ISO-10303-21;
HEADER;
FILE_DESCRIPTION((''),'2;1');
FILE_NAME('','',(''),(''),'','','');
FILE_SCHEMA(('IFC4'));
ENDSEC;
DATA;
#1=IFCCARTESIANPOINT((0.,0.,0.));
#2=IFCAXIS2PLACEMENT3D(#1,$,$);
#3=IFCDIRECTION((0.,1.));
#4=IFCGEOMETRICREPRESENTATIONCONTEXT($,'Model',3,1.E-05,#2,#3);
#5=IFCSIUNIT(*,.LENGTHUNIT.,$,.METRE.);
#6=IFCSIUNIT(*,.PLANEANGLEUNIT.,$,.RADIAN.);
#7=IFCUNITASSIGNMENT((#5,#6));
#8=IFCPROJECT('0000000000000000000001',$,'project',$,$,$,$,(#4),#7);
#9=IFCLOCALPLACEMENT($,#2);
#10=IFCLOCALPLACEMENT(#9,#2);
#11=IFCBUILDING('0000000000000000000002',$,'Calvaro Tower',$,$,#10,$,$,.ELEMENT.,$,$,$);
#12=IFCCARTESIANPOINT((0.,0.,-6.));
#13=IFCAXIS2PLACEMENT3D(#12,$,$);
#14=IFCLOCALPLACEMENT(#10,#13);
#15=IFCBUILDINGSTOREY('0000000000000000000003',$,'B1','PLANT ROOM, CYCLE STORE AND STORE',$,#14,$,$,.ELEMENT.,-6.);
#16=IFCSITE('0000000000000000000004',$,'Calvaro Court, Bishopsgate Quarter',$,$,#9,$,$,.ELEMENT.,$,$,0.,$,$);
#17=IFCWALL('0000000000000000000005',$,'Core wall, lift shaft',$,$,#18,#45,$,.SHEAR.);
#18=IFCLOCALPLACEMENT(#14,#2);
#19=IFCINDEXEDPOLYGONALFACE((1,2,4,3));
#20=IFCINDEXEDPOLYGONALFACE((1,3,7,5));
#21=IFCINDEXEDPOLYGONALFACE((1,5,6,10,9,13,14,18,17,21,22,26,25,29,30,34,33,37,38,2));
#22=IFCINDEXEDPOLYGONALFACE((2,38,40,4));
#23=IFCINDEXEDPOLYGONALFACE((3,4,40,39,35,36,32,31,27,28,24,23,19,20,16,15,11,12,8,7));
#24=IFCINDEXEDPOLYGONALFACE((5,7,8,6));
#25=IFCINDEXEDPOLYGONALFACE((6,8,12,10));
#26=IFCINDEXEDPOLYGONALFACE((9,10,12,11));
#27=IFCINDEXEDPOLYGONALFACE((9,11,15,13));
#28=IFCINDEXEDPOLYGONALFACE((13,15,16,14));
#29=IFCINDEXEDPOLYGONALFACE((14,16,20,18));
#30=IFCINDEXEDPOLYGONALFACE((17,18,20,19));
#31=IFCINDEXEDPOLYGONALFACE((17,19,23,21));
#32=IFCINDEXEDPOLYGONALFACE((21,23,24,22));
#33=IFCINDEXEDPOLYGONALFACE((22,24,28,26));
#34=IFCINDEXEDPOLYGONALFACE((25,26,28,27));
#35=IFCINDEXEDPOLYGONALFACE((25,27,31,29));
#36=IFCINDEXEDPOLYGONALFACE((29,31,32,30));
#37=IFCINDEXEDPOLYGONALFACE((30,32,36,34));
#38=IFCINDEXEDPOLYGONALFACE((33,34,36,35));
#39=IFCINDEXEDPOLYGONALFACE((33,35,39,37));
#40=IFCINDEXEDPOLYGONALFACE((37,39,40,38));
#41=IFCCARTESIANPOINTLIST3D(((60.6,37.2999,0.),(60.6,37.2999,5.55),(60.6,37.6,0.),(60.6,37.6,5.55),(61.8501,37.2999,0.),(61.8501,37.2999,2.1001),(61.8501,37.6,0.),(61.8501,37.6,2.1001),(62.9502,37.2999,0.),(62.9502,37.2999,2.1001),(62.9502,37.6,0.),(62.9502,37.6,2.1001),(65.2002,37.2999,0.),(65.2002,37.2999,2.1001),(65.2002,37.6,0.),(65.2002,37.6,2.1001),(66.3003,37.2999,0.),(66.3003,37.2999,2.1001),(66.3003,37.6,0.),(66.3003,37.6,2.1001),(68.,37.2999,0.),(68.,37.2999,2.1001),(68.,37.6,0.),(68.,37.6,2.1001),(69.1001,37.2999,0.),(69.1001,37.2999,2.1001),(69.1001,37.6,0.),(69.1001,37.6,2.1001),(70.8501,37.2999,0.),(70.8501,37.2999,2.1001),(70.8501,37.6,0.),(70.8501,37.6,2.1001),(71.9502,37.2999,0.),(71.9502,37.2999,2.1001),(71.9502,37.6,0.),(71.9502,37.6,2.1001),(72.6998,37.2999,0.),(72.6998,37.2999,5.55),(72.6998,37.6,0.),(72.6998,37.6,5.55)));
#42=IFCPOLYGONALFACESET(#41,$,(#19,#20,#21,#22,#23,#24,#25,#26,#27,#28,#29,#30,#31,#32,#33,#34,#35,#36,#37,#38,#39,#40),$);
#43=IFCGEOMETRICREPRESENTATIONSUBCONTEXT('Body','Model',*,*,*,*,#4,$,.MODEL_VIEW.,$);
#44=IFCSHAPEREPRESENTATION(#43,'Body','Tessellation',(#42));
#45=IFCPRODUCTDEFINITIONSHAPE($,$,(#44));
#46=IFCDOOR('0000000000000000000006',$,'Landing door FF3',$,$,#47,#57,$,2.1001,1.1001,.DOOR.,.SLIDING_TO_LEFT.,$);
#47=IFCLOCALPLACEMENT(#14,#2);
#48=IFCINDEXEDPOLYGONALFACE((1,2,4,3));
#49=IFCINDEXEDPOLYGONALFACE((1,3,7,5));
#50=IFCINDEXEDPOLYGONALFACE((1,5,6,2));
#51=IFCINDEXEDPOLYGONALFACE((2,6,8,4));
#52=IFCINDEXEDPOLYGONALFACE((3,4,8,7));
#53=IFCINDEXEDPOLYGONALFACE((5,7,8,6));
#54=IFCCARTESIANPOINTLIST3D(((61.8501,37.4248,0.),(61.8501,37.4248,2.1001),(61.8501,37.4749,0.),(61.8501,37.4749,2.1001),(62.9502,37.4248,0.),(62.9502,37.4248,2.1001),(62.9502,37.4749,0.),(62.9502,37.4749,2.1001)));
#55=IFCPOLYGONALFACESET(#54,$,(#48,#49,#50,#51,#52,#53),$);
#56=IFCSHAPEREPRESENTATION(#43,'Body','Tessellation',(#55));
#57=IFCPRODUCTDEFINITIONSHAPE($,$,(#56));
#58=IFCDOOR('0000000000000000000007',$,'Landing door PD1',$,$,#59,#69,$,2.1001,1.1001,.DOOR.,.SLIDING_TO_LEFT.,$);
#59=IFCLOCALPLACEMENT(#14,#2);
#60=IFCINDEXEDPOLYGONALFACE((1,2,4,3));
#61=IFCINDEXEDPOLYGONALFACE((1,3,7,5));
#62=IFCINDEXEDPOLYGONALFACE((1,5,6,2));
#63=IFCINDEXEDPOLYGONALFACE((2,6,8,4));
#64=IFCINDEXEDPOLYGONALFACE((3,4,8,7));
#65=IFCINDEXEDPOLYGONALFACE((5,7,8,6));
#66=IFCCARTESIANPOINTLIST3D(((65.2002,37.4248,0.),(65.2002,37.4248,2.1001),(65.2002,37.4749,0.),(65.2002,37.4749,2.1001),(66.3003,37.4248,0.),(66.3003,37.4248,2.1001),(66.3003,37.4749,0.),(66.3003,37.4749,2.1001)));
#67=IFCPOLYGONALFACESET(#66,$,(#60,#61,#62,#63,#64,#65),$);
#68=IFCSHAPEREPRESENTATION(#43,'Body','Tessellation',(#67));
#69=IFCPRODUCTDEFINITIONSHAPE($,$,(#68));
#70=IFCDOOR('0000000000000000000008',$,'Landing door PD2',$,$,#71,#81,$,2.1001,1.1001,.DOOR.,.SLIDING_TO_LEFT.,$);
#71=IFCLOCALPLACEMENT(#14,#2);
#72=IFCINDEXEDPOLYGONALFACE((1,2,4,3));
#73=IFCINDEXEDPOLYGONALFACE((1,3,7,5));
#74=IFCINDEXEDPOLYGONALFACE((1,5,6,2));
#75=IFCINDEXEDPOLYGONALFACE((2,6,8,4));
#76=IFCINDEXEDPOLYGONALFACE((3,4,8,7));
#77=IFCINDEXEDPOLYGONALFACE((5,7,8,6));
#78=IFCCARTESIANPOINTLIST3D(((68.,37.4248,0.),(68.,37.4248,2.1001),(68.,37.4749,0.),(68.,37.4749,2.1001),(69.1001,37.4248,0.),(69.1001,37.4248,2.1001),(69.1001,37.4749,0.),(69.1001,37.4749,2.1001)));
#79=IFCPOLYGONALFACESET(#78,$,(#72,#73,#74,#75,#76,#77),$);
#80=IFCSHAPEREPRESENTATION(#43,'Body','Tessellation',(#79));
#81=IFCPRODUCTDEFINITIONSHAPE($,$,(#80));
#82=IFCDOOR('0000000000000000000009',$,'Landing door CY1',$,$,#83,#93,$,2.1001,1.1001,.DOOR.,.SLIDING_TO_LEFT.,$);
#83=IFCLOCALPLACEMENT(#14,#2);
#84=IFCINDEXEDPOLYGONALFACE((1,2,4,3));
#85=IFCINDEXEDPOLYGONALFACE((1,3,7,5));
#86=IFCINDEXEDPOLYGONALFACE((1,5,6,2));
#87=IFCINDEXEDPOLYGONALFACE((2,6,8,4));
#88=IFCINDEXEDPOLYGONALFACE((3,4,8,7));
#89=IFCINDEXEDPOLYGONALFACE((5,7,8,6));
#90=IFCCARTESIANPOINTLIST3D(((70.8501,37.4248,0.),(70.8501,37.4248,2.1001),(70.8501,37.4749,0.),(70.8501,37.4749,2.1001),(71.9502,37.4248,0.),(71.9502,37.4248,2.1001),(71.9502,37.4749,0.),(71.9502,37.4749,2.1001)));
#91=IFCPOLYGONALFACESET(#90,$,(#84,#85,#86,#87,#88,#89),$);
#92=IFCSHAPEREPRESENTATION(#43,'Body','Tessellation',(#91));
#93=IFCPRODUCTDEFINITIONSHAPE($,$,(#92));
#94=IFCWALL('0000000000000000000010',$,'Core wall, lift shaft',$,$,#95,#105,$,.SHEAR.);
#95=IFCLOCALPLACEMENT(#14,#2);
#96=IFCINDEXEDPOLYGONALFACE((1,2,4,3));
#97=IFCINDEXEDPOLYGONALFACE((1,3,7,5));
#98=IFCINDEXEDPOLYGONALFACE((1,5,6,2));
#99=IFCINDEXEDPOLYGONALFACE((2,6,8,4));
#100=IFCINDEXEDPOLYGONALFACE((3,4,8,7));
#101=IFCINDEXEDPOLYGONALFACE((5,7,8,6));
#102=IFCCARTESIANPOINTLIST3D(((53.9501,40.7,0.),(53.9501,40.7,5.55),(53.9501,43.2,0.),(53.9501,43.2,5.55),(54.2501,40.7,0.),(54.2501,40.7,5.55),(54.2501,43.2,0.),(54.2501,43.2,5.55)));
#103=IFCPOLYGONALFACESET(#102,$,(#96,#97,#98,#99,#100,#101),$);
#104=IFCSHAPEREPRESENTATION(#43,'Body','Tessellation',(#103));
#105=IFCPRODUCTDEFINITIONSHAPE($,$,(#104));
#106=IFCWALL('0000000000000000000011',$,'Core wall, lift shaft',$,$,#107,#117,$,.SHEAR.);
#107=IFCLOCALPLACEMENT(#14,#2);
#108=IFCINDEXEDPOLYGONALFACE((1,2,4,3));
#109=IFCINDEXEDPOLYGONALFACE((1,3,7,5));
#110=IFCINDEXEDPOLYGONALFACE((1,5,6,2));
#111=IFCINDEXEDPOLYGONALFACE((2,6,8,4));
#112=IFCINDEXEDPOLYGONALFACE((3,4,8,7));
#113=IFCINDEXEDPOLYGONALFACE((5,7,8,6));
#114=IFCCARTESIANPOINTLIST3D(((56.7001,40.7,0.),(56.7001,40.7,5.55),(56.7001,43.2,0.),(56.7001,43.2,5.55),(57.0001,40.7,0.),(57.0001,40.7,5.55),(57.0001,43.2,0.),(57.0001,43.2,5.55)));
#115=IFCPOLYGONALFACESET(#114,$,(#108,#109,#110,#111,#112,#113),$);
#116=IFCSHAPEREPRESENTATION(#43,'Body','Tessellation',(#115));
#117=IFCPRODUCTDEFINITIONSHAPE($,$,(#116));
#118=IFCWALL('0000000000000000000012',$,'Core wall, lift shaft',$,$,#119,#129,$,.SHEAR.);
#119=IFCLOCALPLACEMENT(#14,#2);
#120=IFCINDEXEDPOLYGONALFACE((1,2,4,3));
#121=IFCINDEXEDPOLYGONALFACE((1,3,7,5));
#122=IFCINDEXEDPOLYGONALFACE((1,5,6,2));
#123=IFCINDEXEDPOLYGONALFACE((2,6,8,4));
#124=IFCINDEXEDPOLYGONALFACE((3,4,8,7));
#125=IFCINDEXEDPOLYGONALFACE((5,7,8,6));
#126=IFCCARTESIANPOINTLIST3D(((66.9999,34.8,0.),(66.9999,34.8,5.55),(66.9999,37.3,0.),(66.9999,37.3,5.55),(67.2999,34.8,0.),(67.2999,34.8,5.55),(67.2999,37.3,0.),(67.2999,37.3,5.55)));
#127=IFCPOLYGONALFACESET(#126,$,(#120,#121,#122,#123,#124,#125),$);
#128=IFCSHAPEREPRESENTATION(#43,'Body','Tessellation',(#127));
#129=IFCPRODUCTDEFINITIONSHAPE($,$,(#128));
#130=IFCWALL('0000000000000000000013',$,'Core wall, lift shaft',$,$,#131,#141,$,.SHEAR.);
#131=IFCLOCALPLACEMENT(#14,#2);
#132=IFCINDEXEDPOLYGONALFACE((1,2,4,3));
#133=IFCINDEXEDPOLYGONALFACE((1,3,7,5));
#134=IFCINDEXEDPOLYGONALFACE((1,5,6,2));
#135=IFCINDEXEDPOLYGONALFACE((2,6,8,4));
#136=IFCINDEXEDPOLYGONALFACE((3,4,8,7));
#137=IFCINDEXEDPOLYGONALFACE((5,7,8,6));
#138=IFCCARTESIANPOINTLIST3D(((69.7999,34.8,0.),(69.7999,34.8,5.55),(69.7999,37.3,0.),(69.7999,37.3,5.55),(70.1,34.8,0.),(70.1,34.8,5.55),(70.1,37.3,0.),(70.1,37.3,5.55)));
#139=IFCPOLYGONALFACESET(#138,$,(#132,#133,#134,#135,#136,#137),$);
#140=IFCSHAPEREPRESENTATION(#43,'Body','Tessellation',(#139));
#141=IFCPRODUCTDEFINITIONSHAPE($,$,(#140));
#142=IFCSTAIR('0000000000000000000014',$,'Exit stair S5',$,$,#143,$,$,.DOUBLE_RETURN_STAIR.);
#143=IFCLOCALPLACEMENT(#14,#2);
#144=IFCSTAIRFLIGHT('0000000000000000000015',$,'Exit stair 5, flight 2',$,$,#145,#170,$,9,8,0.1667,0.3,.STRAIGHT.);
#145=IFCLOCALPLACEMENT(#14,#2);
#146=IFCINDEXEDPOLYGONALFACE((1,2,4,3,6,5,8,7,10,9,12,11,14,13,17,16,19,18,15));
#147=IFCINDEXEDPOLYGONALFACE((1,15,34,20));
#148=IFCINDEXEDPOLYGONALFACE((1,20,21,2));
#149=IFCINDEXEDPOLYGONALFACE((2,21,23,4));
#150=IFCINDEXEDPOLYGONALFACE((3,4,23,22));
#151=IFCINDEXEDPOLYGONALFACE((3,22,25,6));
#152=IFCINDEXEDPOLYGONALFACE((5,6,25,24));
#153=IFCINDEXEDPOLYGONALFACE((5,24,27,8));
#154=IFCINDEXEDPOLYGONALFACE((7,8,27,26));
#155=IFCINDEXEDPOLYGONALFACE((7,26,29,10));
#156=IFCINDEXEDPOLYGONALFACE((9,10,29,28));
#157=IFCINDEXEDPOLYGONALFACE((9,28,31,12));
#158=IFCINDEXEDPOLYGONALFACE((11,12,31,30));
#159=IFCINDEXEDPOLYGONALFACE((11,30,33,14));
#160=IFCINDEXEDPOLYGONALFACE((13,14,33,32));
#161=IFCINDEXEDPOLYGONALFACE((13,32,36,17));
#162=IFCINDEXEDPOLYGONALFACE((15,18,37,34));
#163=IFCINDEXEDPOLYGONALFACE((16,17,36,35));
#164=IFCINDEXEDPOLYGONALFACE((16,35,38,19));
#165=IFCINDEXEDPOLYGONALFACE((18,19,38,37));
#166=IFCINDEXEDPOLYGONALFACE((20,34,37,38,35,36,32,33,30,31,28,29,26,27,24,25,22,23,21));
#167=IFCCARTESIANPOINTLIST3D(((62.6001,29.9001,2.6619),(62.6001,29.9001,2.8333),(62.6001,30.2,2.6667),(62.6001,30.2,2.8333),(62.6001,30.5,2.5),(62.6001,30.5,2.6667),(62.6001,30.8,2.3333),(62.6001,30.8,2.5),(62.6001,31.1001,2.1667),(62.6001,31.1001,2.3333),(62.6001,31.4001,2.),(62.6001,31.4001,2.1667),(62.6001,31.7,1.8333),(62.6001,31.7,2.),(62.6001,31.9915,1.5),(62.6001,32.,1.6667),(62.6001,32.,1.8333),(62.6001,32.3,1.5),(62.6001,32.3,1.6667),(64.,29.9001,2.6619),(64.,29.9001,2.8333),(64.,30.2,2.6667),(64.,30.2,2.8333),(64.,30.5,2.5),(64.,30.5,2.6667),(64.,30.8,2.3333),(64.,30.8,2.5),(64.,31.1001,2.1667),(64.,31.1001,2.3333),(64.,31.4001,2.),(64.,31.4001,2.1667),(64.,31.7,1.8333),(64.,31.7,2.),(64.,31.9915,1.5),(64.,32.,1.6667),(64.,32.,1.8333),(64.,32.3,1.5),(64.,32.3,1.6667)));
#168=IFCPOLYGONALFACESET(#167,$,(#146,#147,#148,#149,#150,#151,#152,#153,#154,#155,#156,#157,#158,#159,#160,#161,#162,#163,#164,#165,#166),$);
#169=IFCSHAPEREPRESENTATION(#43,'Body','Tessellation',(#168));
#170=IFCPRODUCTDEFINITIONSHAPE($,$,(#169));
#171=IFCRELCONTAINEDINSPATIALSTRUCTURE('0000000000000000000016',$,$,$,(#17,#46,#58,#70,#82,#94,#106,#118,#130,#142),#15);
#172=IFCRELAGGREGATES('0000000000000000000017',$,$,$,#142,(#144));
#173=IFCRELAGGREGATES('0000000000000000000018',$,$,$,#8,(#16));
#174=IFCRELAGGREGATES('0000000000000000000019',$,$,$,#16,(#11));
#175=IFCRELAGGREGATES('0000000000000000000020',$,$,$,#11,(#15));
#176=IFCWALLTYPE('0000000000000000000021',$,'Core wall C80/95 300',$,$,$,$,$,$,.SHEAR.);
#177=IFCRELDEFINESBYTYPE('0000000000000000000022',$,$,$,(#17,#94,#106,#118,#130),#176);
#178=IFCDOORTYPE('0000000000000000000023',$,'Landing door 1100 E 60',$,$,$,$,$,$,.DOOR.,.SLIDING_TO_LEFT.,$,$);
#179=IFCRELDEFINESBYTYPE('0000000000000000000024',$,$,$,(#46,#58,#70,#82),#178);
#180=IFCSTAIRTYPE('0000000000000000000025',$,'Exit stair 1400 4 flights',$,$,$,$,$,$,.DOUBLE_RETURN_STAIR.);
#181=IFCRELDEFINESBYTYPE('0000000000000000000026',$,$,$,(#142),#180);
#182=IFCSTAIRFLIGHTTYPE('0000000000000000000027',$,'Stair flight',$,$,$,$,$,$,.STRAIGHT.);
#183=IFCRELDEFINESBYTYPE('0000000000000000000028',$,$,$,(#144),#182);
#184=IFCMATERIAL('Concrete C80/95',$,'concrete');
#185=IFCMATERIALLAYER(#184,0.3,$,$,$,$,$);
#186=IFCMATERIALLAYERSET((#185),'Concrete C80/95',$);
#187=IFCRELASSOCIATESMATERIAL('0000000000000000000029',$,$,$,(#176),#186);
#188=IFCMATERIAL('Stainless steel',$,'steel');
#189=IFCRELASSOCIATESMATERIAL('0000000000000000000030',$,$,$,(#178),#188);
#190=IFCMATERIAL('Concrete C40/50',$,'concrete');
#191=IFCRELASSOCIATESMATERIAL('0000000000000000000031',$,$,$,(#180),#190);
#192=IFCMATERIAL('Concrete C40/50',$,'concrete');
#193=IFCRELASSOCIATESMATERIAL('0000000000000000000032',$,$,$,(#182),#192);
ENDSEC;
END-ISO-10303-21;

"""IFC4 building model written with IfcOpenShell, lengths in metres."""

from ifc_helpers import new_model, si_unit, direction, frame, frame_2d, origin, place, context, subcontext, project, spatial, polyline, rectangle, outline, extrude, material, layer, layer_set, type_object, element, fill, aggregate, save


model = new_model("IFC4")

# Units and contexts
model_context = context("Model", 3, precision=1e-05, world=origin(), true_north=direction((0.0, 1.0)))
body_context = subcontext(model_context, "Body", "Model", "MODEL_VIEW")
ifc_project = project(units=[si_unit("LENGTHUNIT", "METRE"), si_unit("PLANEANGLEUNIT", "RADIAN")], contexts=[model_context])

# Site, building, storey
site_placement = place(None, origin())
site = spatial("IfcSite", under=ifc_project, at=site_placement, Name="Calvaro Court, Bishopsgate Quarter", CompositionType="ELEMENT", RefElevation=0.0)
building_placement = place(site_placement, origin())
building = spatial("IfcBuilding", under=site, at=building_placement, Name="Calvaro Tower", CompositionType="ELEMENT")
storey_placement = place(building_placement, frame((0.0, 0.0, -6.0)))
storey = spatial("IfcBuildingStorey", under=building, at=storey_placement, Name="B1", Description="PLANT ROOM, CYCLE STORE AND STORE", CompositionType="ELEMENT", Elevation=-6.0)

# Shared definitions
ifc_material_1 = material(Name="Concrete C80/95", Category="concrete")
ifc_layer_1 = layer(ifc_material_1, 0.3)
ifc_layer_set_1 = layer_set([ifc_layer_1], Name="Concrete C80/95")
wall_type_1 = type_object("IfcWallType", Name="Core wall C80/95 300", PredefinedType="SHEAR", material=ifc_layer_set_1)

# Wall, openings, doors
wall_1_placement = place(storey_placement, frame((60.6001, 37.45, 0.0), z_axis=(0.0, 0.0, 1.0), x_axis=(1.0, 0.0, 0.0)))
wall_1 = element("IfcWall", 1, at=wall_1_placement, inside=storey, type_object=wall_type_1, Name="Core wall, lift shaft", PredefinedType="SHEAR", context=body_context, shape_type="SweptSolid", body=[
    extrude(rectangle(XDim=12.0999, YDim=0.3, at=frame_2d((6.0498, 0.0))), origin(), (0.0, 0.0, 1.0), 5.55),
])
opening_1_placement = place(wall_1_placement, frame((1.25, 0.0, 0.0)))
opening_1 = element("IfcOpeningElement", 2, at=opening_1_placement, cuts=wall_1, PredefinedType="OPENING", context=body_context, shape_type="SweptSolid", body=[
    extrude(rectangle(XDim=1.1001, YDim=2.1001, at=frame_2d((0.55, 1.05))), frame((0.0, 0.1599, 0.0), z_axis=(0.0, -1.0, 0.0), x_axis=(1.0, 0.0, 0.0)), (0.0, 0.0, 1.0), 0.3201),
])
opening_2_placement = place(wall_1_placement, frame((4.6001, 0.0, 0.0)))
opening_2 = element("IfcOpeningElement", 3, at=opening_2_placement, cuts=wall_1, PredefinedType="OPENING", context=body_context, shape_type="SweptSolid", body=[
    extrude(rectangle(XDim=1.1001, YDim=2.1001, at=frame_2d((0.55, 1.05))), frame((0.0, 0.1599, 0.0), z_axis=(0.0, -1.0, 0.0), x_axis=(1.0, 0.0, 0.0)), (0.0, 0.0, 1.0), 0.3201),
])
opening_3_placement = place(wall_1_placement, frame((7.3999, 0.0, 0.0)))
opening_3 = element("IfcOpeningElement", 4, at=opening_3_placement, cuts=wall_1, PredefinedType="OPENING", context=body_context, shape_type="SweptSolid", body=[
    extrude(rectangle(XDim=1.1001, YDim=2.1001, at=frame_2d((0.55, 1.05))), frame((0.0, 0.1599, 0.0), z_axis=(0.0, -1.0, 0.0), x_axis=(1.0, 0.0, 0.0)), (0.0, 0.0, 1.0), 0.3201),
])
opening_4_placement = place(wall_1_placement, frame((10.25, 0.0, 0.0)))
opening_4 = element("IfcOpeningElement", 5, at=opening_4_placement, cuts=wall_1, PredefinedType="OPENING", context=body_context, shape_type="SweptSolid", body=[
    extrude(rectangle(XDim=1.1001, YDim=2.1001, at=frame_2d((0.55, 1.05))), frame((0.0, 0.1599, 0.0), z_axis=(0.0, -1.0, 0.0), x_axis=(1.0, 0.0, 0.0)), (0.0, 0.0, 1.0), 0.3201),
])
ifc_material_2 = material(Name="Stainless steel", Category="steel")
door_type_1 = type_object("IfcDoorType", Name="Landing door 1100 E 60", OperationType="SLIDING_TO_LEFT", PredefinedType="DOOR", material=ifc_material_2)
door_1_placement = place(opening_1_placement, origin())
door_1 = element("IfcDoor", 6, at=door_1_placement, inside=storey, type_object=door_type_1, Name="Landing door FF3", OperationType="SLIDING_TO_LEFT", OverallHeight=2.1001, OverallWidth=1.1001, PredefinedType="DOOR", context=body_context, shape_type="SweptSolid", body=[
    extrude(rectangle(XDim=1.1001, YDim=2.1001, at=frame_2d((0.55, 1.05))), frame((0.0, 0.0249, 0.0), z_axis=(0.0, -1.0, 0.0), x_axis=(1.0, 0.0, 0.0)), (0.0, 0.0, 1.0), 0.05),
])
fill(opening_1, door_1)
door_2_placement = place(opening_2_placement, origin())
door_2 = element("IfcDoor", 7, at=door_2_placement, inside=storey, type_object=door_type_1, Name="Landing door PD1", OperationType="SLIDING_TO_LEFT", OverallHeight=2.1001, OverallWidth=1.1001, PredefinedType="DOOR", context=body_context, shape_type="SweptSolid", body=[
    extrude(rectangle(XDim=1.1001, YDim=2.1001, at=frame_2d((0.55, 1.05))), frame((0.0, 0.0249, 0.0), z_axis=(0.0, -1.0, 0.0), x_axis=(1.0, 0.0, 0.0)), (0.0, 0.0, 1.0), 0.05),
])
fill(opening_2, door_2)
door_3_placement = place(opening_3_placement, origin())
door_3 = element("IfcDoor", 8, at=door_3_placement, inside=storey, type_object=door_type_1, Name="Landing door PD2", OperationType="SLIDING_TO_LEFT", OverallHeight=2.1001, OverallWidth=1.1001, PredefinedType="DOOR", context=body_context, shape_type="SweptSolid", body=[
    extrude(rectangle(XDim=1.1001, YDim=2.1001, at=frame_2d((0.55, 1.05))), frame((0.0, 0.0249, 0.0), z_axis=(0.0, -1.0, 0.0), x_axis=(1.0, 0.0, 0.0)), (0.0, 0.0, 1.0), 0.05),
])
fill(opening_3, door_3)
door_4_placement = place(opening_4_placement, origin())
door_4 = element("IfcDoor", 9, at=door_4_placement, inside=storey, type_object=door_type_1, Name="Landing door CY1", OperationType="SLIDING_TO_LEFT", OverallHeight=2.1001, OverallWidth=1.1001, PredefinedType="DOOR", context=body_context, shape_type="SweptSolid", body=[
    extrude(rectangle(XDim=1.1001, YDim=2.1001, at=frame_2d((0.55, 1.05))), frame((0.0, 0.0249, 0.0), z_axis=(0.0, -1.0, 0.0), x_axis=(1.0, 0.0, 0.0)), (0.0, 0.0, 1.0), 0.05),
])
fill(opening_4, door_4)

# Walls
for number, where, z_axis, x_axis, name in (
    (10, (54.1001, 40.7, 0.0), (0.0, 0.0, 1.0), (0.0, 1.0, 0.0), "Core wall, lift shaft"),
    (11, (56.8501, 40.7, 0.0), (0.0, 0.0, 1.0), (0.0, 1.0, 0.0), "Core wall, lift shaft"),
    (12, (67.1499, 34.8, 0.0), (0.0, 0.0, 1.0), (0.0, 1.0, 0.0), "Core wall, lift shaft"),
    (13, (69.95, 34.8, 0.0), (0.0, 0.0, 1.0), (0.0, 1.0, 0.0), "Core wall, lift shaft"),
):
    element("IfcWall", number, at=place(storey_placement, frame(where, z_axis=z_axis, x_axis=x_axis)), inside=storey, type_object=wall_type_1, Name=name, PredefinedType="SHEAR", context=body_context, shape_type="SweptSolid", body=[
        extrude(rectangle(XDim=2.5, YDim=0.3, at=frame_2d((1.25, 0.0))), origin(), (0.0, 0.0, 1.0), 5.55),
    ])

# Stair, stair flight
ifc_material_3 = material(Name="Concrete C40/50", Category="concrete")
stair_type = type_object("IfcStairType", Name="Exit stair 1400 4 flights", PredefinedType="DOUBLE_RETURN_STAIR", material=ifc_material_3)
stair_1_placement = place(storey_placement, origin())
stair_1 = element("IfcStair", 14, at=stair_1_placement, inside=storey, type_object=stair_type, Name="Exit stair S5", PredefinedType="DOUBLE_RETURN_STAIR")
ifc_material_4 = material(Name="Concrete C40/50", Category="concrete")
stair_flight_type = type_object("IfcStairFlightType", Name="Stair flight", PredefinedType="STRAIGHT", material=ifc_material_4)
stair_flight_1_placement = place(storey_placement, frame((63.3, 32.3, 1.5), z_axis=(0.0, 0.0, 1.0), x_axis=(0.0, -1.0, 0.0)))
stair_flight_1 = element("IfcStairFlight", 15, at=stair_flight_1_placement, type_object=stair_flight_type, Name="Exit stair 5, flight 2", NumberOfRisers=9, NumberOfTreads=8, PredefinedType="STRAIGHT", RiserHeight=0.1667, TreadLength=0.3, context=body_context, shape_type="SweptSolid", body=[
    extrude(outline(polyline([(0.0, 0.0), (0.0, 0.1667), (0.3, 0.1667), (0.3, 0.3333), (0.6001, 0.3333), (0.6001, 0.5), (0.8999, 0.5), (0.8999, 0.6667), (1.2, 0.6667), (1.2, 0.8333), (1.5, 0.8333), (1.5, 1.0), (1.8, 1.0), (1.8, 1.1667), (2.1001, 1.1667), (2.1001, 1.3333), (2.3999, 1.3333), (2.3999, 1.5), (2.3999, 1.1619), (0.3086, 0.0), (0.0, 0.0)])), frame((0.0, 0.7, 0.0), z_axis=(0.0, -1.0, 0.0), x_axis=(1.0, 0.0, 0.0)), (0.0, 0.0, 1.0), 1.3999),
])

aggregate(stair_1, [stair_flight_1])

save(model, "model.ifc")
